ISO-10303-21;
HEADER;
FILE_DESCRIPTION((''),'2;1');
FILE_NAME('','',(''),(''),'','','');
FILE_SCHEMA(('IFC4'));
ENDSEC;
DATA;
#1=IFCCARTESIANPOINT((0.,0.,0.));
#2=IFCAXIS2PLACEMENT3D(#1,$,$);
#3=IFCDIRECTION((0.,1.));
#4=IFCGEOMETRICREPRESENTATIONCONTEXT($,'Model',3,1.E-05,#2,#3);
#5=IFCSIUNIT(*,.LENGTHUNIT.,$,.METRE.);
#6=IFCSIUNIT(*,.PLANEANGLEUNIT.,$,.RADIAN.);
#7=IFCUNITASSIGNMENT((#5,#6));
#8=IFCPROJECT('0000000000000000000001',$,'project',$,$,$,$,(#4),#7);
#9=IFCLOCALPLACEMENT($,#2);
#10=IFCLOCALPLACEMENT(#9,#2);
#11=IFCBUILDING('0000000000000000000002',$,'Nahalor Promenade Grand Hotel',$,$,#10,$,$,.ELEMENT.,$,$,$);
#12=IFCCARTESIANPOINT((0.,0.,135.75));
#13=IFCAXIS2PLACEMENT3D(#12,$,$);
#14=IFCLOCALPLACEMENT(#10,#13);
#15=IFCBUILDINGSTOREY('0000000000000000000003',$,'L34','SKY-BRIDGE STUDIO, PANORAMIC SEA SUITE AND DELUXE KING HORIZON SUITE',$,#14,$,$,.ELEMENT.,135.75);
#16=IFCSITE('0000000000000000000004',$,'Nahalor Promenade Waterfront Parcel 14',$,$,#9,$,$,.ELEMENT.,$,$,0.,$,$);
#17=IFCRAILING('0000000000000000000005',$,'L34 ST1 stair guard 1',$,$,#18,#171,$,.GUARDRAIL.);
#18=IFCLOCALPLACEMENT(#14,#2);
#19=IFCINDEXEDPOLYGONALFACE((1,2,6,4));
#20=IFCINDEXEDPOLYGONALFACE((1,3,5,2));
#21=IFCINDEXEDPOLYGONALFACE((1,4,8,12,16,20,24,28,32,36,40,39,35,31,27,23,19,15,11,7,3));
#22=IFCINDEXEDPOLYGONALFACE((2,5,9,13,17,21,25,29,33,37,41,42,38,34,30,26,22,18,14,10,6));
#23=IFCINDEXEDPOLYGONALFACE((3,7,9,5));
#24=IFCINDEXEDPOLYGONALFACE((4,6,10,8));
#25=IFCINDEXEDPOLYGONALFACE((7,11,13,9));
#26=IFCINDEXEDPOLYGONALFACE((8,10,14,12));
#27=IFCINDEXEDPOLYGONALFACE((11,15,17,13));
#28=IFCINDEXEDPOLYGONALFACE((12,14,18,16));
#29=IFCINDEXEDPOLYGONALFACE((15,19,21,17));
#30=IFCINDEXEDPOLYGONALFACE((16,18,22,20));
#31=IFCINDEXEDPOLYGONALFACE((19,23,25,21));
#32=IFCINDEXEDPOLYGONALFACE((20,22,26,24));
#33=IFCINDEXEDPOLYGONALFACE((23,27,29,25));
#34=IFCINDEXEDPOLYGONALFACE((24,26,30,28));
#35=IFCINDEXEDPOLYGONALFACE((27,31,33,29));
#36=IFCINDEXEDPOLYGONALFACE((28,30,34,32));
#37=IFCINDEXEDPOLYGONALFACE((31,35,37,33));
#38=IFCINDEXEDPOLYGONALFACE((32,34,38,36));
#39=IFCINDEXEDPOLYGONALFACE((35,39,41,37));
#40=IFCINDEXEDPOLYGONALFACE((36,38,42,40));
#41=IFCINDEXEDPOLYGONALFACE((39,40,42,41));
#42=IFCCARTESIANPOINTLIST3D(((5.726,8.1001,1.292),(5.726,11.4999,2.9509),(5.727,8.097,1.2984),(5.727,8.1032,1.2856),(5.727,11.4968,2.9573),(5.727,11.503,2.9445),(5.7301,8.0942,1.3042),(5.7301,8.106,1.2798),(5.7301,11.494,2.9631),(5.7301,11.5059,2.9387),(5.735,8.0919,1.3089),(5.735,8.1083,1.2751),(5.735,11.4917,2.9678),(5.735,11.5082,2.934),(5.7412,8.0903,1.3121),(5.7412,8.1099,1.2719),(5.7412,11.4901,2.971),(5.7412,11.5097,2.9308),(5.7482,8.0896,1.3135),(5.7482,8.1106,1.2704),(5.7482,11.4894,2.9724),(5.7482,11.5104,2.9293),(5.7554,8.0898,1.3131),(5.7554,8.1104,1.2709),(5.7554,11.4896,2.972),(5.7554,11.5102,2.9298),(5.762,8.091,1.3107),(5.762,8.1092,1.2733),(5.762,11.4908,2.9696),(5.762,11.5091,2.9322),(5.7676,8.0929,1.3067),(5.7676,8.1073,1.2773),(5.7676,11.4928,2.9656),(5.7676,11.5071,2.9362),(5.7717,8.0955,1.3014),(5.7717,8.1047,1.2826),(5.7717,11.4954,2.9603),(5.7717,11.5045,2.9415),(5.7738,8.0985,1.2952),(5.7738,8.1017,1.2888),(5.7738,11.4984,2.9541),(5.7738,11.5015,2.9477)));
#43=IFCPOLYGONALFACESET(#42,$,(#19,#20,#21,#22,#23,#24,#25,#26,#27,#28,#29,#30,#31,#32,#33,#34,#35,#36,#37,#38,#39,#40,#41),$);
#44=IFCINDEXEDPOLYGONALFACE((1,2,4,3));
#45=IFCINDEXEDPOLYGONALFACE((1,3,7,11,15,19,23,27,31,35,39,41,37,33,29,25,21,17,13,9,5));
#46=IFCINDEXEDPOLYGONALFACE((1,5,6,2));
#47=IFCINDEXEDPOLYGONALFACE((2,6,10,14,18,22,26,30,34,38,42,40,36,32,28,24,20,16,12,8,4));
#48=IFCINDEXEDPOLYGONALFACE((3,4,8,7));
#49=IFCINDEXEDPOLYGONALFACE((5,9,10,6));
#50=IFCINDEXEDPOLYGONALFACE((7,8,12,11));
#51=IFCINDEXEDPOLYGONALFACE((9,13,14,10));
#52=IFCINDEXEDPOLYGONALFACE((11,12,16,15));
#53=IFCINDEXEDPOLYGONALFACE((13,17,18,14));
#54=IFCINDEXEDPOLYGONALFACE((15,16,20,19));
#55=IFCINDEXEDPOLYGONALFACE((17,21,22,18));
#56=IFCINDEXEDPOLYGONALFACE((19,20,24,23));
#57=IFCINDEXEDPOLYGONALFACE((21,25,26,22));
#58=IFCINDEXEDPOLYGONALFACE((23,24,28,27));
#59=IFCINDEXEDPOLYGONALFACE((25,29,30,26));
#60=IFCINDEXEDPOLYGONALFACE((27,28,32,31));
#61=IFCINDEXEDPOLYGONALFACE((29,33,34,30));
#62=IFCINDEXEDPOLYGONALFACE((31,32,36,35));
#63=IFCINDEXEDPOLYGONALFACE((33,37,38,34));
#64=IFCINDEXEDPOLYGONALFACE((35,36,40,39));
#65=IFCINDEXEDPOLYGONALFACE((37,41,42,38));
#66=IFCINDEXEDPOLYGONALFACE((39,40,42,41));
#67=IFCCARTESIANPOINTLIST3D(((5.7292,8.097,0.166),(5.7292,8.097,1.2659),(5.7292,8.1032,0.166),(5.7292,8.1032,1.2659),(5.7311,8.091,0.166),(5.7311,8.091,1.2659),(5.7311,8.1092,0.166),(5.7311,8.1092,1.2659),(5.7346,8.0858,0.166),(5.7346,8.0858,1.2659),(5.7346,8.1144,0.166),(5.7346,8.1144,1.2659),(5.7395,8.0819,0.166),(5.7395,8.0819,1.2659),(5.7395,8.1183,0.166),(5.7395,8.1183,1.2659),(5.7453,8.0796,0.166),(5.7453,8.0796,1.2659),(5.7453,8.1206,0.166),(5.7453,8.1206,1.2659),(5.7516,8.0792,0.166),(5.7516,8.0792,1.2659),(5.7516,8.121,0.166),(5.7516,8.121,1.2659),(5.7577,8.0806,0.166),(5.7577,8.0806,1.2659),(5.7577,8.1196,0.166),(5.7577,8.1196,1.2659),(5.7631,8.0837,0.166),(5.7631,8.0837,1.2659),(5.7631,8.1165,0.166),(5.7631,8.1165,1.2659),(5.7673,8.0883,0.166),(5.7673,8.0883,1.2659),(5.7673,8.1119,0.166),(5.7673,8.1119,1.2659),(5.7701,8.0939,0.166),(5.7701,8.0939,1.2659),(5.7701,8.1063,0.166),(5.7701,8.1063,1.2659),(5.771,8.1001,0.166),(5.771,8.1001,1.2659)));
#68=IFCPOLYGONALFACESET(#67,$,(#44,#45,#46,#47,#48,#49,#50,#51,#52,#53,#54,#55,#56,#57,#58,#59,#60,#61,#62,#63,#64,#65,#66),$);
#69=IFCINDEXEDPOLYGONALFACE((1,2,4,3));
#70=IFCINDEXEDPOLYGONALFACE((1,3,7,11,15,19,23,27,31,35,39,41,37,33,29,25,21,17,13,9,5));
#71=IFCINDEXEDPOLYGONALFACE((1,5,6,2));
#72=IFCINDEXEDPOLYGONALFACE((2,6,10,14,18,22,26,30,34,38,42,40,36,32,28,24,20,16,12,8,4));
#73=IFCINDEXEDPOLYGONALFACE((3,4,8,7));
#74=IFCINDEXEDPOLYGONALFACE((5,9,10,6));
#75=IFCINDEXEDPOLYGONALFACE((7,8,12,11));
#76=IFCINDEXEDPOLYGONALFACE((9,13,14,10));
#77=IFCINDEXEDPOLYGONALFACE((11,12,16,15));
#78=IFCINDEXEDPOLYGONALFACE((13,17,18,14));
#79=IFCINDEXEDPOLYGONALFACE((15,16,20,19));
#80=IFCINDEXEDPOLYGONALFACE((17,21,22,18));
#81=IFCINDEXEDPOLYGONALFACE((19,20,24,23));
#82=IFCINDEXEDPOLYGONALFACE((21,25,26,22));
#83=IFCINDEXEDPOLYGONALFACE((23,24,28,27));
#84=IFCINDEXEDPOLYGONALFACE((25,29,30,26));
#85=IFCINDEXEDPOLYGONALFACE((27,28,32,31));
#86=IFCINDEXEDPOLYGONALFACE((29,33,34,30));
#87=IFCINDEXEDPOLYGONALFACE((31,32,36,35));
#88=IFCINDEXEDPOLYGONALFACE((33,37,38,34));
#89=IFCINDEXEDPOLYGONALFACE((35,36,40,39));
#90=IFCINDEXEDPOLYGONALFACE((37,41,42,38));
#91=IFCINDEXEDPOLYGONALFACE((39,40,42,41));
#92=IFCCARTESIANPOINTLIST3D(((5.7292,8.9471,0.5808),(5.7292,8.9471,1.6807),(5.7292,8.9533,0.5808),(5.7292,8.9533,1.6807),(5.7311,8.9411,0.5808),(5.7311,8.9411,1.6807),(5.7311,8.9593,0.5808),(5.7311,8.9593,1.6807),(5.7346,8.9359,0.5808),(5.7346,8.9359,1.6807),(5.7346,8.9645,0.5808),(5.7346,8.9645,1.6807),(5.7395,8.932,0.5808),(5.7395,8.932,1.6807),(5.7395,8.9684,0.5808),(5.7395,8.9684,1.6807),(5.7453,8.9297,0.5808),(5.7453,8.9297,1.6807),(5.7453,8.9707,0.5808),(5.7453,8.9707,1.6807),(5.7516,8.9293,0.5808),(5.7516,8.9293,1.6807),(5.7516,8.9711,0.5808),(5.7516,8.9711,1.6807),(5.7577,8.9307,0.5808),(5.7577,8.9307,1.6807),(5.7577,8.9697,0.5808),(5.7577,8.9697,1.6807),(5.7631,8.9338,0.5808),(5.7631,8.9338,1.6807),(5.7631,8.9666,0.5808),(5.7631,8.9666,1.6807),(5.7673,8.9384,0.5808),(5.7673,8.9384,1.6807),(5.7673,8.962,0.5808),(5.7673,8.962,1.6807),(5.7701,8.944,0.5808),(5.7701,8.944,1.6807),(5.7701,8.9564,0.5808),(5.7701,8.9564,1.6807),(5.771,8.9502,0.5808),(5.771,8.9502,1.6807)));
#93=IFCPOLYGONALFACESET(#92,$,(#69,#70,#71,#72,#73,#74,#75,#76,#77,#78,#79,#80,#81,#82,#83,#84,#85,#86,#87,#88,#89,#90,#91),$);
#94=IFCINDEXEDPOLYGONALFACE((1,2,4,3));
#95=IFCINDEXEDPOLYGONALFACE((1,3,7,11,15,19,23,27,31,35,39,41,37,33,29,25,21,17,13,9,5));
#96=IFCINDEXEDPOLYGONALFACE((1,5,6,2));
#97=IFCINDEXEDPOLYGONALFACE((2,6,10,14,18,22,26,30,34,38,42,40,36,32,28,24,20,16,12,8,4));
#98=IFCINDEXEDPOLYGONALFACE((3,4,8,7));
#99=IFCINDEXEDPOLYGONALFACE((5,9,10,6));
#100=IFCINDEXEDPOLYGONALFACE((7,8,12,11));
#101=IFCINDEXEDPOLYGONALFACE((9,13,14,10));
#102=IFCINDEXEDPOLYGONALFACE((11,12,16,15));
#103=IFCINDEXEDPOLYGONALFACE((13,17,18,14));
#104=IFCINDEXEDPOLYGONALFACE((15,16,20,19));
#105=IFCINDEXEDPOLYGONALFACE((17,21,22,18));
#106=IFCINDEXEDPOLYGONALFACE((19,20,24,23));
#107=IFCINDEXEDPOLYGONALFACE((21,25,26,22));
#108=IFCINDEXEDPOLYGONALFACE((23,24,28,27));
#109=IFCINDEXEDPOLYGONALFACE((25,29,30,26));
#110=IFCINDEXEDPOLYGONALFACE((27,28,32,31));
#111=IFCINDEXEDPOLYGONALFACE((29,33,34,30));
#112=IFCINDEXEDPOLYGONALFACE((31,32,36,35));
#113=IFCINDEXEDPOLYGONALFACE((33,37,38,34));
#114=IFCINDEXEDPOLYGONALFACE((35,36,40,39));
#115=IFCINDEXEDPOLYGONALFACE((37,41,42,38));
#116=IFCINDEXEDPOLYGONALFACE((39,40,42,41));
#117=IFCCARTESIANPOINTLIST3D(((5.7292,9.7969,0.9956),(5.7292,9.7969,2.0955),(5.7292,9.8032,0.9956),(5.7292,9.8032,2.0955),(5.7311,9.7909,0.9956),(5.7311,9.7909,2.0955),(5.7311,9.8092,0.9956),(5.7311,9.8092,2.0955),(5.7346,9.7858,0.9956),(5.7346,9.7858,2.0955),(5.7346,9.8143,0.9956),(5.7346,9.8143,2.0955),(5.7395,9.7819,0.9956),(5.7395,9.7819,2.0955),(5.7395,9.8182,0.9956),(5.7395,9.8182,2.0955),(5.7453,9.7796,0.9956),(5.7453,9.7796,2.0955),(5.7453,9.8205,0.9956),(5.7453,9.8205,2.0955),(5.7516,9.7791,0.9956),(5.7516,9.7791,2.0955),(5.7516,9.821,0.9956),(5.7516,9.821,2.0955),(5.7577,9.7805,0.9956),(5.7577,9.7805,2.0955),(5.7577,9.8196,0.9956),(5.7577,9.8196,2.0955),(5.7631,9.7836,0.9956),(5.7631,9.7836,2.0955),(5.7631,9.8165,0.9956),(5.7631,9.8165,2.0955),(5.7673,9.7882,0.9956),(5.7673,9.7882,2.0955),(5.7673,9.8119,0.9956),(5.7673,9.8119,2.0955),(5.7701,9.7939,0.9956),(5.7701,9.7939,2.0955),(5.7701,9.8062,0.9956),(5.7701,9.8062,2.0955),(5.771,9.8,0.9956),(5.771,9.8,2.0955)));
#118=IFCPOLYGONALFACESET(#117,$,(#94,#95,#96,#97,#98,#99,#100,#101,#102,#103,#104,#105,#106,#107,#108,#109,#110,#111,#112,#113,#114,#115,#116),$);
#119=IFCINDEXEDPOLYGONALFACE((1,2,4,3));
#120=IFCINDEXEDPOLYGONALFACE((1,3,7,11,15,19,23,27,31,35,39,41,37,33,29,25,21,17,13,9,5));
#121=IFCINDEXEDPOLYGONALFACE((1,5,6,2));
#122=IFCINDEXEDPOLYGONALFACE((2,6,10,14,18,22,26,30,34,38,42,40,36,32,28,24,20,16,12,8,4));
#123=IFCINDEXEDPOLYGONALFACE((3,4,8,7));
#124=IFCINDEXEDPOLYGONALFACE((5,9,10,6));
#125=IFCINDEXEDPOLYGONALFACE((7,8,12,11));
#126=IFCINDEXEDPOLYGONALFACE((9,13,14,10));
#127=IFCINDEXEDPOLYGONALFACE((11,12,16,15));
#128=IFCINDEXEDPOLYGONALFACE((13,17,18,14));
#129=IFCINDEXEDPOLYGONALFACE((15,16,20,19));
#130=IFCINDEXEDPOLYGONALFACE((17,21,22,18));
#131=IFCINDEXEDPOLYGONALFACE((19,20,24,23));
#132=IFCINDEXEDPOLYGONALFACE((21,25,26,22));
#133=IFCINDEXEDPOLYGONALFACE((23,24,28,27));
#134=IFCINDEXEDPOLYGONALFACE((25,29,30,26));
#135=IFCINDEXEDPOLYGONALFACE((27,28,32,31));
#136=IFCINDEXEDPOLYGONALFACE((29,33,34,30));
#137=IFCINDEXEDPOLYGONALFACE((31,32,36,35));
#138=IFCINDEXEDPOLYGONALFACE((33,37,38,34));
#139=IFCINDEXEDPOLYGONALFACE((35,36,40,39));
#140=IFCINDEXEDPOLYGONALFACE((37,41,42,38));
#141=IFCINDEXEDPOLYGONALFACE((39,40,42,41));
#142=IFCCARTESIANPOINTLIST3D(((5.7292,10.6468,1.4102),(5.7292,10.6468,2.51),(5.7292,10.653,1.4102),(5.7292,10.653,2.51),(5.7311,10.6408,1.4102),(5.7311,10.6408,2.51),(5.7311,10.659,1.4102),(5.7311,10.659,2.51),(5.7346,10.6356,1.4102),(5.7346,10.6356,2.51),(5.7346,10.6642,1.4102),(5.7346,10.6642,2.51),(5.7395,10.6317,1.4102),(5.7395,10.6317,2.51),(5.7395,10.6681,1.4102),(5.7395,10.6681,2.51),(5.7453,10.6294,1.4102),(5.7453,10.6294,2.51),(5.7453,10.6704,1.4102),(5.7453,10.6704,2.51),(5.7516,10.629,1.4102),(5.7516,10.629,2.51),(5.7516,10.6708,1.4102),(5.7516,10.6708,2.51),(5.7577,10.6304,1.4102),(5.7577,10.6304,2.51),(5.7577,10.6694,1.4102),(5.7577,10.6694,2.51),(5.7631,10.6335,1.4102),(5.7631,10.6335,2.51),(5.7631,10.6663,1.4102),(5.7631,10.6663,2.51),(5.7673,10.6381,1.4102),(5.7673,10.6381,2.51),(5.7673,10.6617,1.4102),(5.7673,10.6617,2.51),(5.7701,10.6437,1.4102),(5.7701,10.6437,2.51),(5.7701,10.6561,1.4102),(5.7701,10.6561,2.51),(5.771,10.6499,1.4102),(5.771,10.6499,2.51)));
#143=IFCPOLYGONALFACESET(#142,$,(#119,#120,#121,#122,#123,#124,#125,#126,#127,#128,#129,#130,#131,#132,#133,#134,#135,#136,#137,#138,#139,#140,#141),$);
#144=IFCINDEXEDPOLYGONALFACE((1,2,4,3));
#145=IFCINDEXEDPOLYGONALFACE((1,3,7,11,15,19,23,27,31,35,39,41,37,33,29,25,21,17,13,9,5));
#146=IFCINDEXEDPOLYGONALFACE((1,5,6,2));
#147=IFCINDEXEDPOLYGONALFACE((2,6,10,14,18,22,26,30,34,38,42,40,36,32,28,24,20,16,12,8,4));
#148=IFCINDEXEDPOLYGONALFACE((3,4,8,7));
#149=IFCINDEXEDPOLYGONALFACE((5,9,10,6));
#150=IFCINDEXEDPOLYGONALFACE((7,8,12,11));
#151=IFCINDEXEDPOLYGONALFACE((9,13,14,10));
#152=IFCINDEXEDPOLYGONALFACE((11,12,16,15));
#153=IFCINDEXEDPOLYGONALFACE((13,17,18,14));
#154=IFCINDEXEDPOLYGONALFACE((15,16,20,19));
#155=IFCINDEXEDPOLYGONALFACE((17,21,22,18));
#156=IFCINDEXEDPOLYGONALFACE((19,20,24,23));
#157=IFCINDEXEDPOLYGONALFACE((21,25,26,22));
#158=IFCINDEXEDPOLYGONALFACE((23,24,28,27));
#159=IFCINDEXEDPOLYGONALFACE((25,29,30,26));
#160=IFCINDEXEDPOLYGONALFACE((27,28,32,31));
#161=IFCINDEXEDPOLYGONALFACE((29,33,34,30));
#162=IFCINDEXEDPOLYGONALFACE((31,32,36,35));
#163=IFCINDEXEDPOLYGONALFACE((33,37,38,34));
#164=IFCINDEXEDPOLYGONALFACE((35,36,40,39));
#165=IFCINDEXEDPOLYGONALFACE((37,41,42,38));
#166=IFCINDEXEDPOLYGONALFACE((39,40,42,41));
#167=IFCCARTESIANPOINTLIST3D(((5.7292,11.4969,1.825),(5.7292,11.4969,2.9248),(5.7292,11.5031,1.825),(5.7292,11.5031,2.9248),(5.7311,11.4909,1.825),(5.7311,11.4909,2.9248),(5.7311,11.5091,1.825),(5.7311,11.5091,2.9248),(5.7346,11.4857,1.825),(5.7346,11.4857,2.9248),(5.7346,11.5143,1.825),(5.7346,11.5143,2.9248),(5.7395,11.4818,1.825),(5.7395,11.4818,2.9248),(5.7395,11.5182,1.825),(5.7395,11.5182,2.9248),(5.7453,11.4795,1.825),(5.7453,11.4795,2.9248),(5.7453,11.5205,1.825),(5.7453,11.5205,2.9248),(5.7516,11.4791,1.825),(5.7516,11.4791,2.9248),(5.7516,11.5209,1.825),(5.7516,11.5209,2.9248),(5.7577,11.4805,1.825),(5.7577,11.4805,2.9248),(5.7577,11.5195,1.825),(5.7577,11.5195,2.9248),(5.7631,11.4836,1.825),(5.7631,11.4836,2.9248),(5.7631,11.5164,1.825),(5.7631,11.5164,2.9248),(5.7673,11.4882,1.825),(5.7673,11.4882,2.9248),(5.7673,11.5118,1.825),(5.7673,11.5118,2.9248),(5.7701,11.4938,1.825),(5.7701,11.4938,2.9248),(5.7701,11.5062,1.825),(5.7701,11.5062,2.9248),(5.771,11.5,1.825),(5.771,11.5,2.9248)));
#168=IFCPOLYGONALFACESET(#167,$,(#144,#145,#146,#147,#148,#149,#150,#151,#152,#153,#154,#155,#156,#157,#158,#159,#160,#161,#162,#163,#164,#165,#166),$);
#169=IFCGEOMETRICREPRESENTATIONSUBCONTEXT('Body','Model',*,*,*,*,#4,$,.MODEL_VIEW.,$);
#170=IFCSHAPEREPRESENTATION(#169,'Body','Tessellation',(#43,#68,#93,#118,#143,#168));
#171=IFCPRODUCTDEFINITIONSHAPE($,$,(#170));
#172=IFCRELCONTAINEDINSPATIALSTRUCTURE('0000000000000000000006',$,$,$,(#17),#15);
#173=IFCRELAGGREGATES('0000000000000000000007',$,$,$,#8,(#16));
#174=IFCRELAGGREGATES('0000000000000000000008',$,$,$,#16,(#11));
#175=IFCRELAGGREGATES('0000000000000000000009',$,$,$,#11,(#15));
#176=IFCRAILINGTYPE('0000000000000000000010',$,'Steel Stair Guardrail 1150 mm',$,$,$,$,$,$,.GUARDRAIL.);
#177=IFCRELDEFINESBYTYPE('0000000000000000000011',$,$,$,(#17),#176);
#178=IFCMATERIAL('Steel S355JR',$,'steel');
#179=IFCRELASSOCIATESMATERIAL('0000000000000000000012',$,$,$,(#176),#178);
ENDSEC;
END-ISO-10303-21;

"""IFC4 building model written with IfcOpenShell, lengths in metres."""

from ifc_helpers import new_model, si_unit, direction, frame, origin, origin_2d, place, context, subcontext, project, spatial, circle, extrude, material, type_object, element, save


model = new_model("IFC4")

# Units and contexts
model_context = context("Model", 3, precision=1e-05, world=origin(), true_north=direction((0.0, 1.0)))
body_context = subcontext(model_context, "Body", "Model", "MODEL_VIEW")
ifc_project = project(units=[si_unit("LENGTHUNIT", "METRE"), si_unit("PLANEANGLEUNIT", "RADIAN")], contexts=[model_context])

# Site, building, storey
site_placement = place(None, origin())
site = spatial("IfcSite", under=ifc_project, at=site_placement, Name="Nahalor Promenade Waterfront Parcel 14", CompositionType="ELEMENT", RefElevation=0.0)
building_placement = place(site_placement, origin())
building = spatial("IfcBuilding", under=site, at=building_placement, Name="Nahalor Promenade Grand Hotel", CompositionType="ELEMENT")
storey_placement = place(building_placement, frame((0.0, 0.0, 135.75)))
storey = spatial("IfcBuildingStorey", under=building, at=storey_placement, Name="L34", Description="SKY-BRIDGE STUDIO, PANORAMIC SEA SUITE AND DELUXE KING HORIZON SUITE", CompositionType="ELEMENT", Elevation=135.75)

# Shared definitions
ifc_material_1 = material(Name="Steel S355JR", Category="steel")

# Railing
railing_type_1 = type_object("IfcRailingType", Name="Steel Stair Guardrail 1150 mm", PredefinedType="GUARDRAIL", material=ifc_material_1)
railing_1_placement = place(storey_placement, frame((5.75, 8.1001, 0.166)))
element("IfcRailing", 1, at=railing_1_placement, inside=storey, type_object=railing_type_1, Name="L34 ST1 stair guard 1", PredefinedType="GUARDRAIL", context=body_context, shape_type="SweptSolid", body=[
    extrude(circle(Radius=0.024, at=origin_2d()), frame((0.0, 0.0, 1.126), z_axis=(0.0, 0.898722, 0.438519), x_axis=(-1.0, 0.0, 0.0)), (0.0, 0.0, 1.0), 3.783),
    extrude(circle(Radius=0.021, at=origin_2d()), origin(), (0.0, 0.0, 1.0), 1.0999),
    extrude(circle(Radius=0.021, at=origin_2d()), frame((0.0, 0.8501, 0.4148)), (0.0, 0.0, 1.0), 1.0999),
    extrude(circle(Radius=0.021, at=origin_2d()), frame((0.0, 1.7, 0.8296)), (0.0, 0.0, 1.0), 1.0999),
    extrude(circle(Radius=0.021, at=origin_2d()), frame((0.0, 2.5498, 1.2441)), (0.0, 0.0, 1.0), 1.0999),
    extrude(circle(Radius=0.021, at=origin_2d()), frame((0.0, 3.3999, 1.6589)), (0.0, 0.0, 1.0), 1.0999),
])

save(model, "model.ifc")
